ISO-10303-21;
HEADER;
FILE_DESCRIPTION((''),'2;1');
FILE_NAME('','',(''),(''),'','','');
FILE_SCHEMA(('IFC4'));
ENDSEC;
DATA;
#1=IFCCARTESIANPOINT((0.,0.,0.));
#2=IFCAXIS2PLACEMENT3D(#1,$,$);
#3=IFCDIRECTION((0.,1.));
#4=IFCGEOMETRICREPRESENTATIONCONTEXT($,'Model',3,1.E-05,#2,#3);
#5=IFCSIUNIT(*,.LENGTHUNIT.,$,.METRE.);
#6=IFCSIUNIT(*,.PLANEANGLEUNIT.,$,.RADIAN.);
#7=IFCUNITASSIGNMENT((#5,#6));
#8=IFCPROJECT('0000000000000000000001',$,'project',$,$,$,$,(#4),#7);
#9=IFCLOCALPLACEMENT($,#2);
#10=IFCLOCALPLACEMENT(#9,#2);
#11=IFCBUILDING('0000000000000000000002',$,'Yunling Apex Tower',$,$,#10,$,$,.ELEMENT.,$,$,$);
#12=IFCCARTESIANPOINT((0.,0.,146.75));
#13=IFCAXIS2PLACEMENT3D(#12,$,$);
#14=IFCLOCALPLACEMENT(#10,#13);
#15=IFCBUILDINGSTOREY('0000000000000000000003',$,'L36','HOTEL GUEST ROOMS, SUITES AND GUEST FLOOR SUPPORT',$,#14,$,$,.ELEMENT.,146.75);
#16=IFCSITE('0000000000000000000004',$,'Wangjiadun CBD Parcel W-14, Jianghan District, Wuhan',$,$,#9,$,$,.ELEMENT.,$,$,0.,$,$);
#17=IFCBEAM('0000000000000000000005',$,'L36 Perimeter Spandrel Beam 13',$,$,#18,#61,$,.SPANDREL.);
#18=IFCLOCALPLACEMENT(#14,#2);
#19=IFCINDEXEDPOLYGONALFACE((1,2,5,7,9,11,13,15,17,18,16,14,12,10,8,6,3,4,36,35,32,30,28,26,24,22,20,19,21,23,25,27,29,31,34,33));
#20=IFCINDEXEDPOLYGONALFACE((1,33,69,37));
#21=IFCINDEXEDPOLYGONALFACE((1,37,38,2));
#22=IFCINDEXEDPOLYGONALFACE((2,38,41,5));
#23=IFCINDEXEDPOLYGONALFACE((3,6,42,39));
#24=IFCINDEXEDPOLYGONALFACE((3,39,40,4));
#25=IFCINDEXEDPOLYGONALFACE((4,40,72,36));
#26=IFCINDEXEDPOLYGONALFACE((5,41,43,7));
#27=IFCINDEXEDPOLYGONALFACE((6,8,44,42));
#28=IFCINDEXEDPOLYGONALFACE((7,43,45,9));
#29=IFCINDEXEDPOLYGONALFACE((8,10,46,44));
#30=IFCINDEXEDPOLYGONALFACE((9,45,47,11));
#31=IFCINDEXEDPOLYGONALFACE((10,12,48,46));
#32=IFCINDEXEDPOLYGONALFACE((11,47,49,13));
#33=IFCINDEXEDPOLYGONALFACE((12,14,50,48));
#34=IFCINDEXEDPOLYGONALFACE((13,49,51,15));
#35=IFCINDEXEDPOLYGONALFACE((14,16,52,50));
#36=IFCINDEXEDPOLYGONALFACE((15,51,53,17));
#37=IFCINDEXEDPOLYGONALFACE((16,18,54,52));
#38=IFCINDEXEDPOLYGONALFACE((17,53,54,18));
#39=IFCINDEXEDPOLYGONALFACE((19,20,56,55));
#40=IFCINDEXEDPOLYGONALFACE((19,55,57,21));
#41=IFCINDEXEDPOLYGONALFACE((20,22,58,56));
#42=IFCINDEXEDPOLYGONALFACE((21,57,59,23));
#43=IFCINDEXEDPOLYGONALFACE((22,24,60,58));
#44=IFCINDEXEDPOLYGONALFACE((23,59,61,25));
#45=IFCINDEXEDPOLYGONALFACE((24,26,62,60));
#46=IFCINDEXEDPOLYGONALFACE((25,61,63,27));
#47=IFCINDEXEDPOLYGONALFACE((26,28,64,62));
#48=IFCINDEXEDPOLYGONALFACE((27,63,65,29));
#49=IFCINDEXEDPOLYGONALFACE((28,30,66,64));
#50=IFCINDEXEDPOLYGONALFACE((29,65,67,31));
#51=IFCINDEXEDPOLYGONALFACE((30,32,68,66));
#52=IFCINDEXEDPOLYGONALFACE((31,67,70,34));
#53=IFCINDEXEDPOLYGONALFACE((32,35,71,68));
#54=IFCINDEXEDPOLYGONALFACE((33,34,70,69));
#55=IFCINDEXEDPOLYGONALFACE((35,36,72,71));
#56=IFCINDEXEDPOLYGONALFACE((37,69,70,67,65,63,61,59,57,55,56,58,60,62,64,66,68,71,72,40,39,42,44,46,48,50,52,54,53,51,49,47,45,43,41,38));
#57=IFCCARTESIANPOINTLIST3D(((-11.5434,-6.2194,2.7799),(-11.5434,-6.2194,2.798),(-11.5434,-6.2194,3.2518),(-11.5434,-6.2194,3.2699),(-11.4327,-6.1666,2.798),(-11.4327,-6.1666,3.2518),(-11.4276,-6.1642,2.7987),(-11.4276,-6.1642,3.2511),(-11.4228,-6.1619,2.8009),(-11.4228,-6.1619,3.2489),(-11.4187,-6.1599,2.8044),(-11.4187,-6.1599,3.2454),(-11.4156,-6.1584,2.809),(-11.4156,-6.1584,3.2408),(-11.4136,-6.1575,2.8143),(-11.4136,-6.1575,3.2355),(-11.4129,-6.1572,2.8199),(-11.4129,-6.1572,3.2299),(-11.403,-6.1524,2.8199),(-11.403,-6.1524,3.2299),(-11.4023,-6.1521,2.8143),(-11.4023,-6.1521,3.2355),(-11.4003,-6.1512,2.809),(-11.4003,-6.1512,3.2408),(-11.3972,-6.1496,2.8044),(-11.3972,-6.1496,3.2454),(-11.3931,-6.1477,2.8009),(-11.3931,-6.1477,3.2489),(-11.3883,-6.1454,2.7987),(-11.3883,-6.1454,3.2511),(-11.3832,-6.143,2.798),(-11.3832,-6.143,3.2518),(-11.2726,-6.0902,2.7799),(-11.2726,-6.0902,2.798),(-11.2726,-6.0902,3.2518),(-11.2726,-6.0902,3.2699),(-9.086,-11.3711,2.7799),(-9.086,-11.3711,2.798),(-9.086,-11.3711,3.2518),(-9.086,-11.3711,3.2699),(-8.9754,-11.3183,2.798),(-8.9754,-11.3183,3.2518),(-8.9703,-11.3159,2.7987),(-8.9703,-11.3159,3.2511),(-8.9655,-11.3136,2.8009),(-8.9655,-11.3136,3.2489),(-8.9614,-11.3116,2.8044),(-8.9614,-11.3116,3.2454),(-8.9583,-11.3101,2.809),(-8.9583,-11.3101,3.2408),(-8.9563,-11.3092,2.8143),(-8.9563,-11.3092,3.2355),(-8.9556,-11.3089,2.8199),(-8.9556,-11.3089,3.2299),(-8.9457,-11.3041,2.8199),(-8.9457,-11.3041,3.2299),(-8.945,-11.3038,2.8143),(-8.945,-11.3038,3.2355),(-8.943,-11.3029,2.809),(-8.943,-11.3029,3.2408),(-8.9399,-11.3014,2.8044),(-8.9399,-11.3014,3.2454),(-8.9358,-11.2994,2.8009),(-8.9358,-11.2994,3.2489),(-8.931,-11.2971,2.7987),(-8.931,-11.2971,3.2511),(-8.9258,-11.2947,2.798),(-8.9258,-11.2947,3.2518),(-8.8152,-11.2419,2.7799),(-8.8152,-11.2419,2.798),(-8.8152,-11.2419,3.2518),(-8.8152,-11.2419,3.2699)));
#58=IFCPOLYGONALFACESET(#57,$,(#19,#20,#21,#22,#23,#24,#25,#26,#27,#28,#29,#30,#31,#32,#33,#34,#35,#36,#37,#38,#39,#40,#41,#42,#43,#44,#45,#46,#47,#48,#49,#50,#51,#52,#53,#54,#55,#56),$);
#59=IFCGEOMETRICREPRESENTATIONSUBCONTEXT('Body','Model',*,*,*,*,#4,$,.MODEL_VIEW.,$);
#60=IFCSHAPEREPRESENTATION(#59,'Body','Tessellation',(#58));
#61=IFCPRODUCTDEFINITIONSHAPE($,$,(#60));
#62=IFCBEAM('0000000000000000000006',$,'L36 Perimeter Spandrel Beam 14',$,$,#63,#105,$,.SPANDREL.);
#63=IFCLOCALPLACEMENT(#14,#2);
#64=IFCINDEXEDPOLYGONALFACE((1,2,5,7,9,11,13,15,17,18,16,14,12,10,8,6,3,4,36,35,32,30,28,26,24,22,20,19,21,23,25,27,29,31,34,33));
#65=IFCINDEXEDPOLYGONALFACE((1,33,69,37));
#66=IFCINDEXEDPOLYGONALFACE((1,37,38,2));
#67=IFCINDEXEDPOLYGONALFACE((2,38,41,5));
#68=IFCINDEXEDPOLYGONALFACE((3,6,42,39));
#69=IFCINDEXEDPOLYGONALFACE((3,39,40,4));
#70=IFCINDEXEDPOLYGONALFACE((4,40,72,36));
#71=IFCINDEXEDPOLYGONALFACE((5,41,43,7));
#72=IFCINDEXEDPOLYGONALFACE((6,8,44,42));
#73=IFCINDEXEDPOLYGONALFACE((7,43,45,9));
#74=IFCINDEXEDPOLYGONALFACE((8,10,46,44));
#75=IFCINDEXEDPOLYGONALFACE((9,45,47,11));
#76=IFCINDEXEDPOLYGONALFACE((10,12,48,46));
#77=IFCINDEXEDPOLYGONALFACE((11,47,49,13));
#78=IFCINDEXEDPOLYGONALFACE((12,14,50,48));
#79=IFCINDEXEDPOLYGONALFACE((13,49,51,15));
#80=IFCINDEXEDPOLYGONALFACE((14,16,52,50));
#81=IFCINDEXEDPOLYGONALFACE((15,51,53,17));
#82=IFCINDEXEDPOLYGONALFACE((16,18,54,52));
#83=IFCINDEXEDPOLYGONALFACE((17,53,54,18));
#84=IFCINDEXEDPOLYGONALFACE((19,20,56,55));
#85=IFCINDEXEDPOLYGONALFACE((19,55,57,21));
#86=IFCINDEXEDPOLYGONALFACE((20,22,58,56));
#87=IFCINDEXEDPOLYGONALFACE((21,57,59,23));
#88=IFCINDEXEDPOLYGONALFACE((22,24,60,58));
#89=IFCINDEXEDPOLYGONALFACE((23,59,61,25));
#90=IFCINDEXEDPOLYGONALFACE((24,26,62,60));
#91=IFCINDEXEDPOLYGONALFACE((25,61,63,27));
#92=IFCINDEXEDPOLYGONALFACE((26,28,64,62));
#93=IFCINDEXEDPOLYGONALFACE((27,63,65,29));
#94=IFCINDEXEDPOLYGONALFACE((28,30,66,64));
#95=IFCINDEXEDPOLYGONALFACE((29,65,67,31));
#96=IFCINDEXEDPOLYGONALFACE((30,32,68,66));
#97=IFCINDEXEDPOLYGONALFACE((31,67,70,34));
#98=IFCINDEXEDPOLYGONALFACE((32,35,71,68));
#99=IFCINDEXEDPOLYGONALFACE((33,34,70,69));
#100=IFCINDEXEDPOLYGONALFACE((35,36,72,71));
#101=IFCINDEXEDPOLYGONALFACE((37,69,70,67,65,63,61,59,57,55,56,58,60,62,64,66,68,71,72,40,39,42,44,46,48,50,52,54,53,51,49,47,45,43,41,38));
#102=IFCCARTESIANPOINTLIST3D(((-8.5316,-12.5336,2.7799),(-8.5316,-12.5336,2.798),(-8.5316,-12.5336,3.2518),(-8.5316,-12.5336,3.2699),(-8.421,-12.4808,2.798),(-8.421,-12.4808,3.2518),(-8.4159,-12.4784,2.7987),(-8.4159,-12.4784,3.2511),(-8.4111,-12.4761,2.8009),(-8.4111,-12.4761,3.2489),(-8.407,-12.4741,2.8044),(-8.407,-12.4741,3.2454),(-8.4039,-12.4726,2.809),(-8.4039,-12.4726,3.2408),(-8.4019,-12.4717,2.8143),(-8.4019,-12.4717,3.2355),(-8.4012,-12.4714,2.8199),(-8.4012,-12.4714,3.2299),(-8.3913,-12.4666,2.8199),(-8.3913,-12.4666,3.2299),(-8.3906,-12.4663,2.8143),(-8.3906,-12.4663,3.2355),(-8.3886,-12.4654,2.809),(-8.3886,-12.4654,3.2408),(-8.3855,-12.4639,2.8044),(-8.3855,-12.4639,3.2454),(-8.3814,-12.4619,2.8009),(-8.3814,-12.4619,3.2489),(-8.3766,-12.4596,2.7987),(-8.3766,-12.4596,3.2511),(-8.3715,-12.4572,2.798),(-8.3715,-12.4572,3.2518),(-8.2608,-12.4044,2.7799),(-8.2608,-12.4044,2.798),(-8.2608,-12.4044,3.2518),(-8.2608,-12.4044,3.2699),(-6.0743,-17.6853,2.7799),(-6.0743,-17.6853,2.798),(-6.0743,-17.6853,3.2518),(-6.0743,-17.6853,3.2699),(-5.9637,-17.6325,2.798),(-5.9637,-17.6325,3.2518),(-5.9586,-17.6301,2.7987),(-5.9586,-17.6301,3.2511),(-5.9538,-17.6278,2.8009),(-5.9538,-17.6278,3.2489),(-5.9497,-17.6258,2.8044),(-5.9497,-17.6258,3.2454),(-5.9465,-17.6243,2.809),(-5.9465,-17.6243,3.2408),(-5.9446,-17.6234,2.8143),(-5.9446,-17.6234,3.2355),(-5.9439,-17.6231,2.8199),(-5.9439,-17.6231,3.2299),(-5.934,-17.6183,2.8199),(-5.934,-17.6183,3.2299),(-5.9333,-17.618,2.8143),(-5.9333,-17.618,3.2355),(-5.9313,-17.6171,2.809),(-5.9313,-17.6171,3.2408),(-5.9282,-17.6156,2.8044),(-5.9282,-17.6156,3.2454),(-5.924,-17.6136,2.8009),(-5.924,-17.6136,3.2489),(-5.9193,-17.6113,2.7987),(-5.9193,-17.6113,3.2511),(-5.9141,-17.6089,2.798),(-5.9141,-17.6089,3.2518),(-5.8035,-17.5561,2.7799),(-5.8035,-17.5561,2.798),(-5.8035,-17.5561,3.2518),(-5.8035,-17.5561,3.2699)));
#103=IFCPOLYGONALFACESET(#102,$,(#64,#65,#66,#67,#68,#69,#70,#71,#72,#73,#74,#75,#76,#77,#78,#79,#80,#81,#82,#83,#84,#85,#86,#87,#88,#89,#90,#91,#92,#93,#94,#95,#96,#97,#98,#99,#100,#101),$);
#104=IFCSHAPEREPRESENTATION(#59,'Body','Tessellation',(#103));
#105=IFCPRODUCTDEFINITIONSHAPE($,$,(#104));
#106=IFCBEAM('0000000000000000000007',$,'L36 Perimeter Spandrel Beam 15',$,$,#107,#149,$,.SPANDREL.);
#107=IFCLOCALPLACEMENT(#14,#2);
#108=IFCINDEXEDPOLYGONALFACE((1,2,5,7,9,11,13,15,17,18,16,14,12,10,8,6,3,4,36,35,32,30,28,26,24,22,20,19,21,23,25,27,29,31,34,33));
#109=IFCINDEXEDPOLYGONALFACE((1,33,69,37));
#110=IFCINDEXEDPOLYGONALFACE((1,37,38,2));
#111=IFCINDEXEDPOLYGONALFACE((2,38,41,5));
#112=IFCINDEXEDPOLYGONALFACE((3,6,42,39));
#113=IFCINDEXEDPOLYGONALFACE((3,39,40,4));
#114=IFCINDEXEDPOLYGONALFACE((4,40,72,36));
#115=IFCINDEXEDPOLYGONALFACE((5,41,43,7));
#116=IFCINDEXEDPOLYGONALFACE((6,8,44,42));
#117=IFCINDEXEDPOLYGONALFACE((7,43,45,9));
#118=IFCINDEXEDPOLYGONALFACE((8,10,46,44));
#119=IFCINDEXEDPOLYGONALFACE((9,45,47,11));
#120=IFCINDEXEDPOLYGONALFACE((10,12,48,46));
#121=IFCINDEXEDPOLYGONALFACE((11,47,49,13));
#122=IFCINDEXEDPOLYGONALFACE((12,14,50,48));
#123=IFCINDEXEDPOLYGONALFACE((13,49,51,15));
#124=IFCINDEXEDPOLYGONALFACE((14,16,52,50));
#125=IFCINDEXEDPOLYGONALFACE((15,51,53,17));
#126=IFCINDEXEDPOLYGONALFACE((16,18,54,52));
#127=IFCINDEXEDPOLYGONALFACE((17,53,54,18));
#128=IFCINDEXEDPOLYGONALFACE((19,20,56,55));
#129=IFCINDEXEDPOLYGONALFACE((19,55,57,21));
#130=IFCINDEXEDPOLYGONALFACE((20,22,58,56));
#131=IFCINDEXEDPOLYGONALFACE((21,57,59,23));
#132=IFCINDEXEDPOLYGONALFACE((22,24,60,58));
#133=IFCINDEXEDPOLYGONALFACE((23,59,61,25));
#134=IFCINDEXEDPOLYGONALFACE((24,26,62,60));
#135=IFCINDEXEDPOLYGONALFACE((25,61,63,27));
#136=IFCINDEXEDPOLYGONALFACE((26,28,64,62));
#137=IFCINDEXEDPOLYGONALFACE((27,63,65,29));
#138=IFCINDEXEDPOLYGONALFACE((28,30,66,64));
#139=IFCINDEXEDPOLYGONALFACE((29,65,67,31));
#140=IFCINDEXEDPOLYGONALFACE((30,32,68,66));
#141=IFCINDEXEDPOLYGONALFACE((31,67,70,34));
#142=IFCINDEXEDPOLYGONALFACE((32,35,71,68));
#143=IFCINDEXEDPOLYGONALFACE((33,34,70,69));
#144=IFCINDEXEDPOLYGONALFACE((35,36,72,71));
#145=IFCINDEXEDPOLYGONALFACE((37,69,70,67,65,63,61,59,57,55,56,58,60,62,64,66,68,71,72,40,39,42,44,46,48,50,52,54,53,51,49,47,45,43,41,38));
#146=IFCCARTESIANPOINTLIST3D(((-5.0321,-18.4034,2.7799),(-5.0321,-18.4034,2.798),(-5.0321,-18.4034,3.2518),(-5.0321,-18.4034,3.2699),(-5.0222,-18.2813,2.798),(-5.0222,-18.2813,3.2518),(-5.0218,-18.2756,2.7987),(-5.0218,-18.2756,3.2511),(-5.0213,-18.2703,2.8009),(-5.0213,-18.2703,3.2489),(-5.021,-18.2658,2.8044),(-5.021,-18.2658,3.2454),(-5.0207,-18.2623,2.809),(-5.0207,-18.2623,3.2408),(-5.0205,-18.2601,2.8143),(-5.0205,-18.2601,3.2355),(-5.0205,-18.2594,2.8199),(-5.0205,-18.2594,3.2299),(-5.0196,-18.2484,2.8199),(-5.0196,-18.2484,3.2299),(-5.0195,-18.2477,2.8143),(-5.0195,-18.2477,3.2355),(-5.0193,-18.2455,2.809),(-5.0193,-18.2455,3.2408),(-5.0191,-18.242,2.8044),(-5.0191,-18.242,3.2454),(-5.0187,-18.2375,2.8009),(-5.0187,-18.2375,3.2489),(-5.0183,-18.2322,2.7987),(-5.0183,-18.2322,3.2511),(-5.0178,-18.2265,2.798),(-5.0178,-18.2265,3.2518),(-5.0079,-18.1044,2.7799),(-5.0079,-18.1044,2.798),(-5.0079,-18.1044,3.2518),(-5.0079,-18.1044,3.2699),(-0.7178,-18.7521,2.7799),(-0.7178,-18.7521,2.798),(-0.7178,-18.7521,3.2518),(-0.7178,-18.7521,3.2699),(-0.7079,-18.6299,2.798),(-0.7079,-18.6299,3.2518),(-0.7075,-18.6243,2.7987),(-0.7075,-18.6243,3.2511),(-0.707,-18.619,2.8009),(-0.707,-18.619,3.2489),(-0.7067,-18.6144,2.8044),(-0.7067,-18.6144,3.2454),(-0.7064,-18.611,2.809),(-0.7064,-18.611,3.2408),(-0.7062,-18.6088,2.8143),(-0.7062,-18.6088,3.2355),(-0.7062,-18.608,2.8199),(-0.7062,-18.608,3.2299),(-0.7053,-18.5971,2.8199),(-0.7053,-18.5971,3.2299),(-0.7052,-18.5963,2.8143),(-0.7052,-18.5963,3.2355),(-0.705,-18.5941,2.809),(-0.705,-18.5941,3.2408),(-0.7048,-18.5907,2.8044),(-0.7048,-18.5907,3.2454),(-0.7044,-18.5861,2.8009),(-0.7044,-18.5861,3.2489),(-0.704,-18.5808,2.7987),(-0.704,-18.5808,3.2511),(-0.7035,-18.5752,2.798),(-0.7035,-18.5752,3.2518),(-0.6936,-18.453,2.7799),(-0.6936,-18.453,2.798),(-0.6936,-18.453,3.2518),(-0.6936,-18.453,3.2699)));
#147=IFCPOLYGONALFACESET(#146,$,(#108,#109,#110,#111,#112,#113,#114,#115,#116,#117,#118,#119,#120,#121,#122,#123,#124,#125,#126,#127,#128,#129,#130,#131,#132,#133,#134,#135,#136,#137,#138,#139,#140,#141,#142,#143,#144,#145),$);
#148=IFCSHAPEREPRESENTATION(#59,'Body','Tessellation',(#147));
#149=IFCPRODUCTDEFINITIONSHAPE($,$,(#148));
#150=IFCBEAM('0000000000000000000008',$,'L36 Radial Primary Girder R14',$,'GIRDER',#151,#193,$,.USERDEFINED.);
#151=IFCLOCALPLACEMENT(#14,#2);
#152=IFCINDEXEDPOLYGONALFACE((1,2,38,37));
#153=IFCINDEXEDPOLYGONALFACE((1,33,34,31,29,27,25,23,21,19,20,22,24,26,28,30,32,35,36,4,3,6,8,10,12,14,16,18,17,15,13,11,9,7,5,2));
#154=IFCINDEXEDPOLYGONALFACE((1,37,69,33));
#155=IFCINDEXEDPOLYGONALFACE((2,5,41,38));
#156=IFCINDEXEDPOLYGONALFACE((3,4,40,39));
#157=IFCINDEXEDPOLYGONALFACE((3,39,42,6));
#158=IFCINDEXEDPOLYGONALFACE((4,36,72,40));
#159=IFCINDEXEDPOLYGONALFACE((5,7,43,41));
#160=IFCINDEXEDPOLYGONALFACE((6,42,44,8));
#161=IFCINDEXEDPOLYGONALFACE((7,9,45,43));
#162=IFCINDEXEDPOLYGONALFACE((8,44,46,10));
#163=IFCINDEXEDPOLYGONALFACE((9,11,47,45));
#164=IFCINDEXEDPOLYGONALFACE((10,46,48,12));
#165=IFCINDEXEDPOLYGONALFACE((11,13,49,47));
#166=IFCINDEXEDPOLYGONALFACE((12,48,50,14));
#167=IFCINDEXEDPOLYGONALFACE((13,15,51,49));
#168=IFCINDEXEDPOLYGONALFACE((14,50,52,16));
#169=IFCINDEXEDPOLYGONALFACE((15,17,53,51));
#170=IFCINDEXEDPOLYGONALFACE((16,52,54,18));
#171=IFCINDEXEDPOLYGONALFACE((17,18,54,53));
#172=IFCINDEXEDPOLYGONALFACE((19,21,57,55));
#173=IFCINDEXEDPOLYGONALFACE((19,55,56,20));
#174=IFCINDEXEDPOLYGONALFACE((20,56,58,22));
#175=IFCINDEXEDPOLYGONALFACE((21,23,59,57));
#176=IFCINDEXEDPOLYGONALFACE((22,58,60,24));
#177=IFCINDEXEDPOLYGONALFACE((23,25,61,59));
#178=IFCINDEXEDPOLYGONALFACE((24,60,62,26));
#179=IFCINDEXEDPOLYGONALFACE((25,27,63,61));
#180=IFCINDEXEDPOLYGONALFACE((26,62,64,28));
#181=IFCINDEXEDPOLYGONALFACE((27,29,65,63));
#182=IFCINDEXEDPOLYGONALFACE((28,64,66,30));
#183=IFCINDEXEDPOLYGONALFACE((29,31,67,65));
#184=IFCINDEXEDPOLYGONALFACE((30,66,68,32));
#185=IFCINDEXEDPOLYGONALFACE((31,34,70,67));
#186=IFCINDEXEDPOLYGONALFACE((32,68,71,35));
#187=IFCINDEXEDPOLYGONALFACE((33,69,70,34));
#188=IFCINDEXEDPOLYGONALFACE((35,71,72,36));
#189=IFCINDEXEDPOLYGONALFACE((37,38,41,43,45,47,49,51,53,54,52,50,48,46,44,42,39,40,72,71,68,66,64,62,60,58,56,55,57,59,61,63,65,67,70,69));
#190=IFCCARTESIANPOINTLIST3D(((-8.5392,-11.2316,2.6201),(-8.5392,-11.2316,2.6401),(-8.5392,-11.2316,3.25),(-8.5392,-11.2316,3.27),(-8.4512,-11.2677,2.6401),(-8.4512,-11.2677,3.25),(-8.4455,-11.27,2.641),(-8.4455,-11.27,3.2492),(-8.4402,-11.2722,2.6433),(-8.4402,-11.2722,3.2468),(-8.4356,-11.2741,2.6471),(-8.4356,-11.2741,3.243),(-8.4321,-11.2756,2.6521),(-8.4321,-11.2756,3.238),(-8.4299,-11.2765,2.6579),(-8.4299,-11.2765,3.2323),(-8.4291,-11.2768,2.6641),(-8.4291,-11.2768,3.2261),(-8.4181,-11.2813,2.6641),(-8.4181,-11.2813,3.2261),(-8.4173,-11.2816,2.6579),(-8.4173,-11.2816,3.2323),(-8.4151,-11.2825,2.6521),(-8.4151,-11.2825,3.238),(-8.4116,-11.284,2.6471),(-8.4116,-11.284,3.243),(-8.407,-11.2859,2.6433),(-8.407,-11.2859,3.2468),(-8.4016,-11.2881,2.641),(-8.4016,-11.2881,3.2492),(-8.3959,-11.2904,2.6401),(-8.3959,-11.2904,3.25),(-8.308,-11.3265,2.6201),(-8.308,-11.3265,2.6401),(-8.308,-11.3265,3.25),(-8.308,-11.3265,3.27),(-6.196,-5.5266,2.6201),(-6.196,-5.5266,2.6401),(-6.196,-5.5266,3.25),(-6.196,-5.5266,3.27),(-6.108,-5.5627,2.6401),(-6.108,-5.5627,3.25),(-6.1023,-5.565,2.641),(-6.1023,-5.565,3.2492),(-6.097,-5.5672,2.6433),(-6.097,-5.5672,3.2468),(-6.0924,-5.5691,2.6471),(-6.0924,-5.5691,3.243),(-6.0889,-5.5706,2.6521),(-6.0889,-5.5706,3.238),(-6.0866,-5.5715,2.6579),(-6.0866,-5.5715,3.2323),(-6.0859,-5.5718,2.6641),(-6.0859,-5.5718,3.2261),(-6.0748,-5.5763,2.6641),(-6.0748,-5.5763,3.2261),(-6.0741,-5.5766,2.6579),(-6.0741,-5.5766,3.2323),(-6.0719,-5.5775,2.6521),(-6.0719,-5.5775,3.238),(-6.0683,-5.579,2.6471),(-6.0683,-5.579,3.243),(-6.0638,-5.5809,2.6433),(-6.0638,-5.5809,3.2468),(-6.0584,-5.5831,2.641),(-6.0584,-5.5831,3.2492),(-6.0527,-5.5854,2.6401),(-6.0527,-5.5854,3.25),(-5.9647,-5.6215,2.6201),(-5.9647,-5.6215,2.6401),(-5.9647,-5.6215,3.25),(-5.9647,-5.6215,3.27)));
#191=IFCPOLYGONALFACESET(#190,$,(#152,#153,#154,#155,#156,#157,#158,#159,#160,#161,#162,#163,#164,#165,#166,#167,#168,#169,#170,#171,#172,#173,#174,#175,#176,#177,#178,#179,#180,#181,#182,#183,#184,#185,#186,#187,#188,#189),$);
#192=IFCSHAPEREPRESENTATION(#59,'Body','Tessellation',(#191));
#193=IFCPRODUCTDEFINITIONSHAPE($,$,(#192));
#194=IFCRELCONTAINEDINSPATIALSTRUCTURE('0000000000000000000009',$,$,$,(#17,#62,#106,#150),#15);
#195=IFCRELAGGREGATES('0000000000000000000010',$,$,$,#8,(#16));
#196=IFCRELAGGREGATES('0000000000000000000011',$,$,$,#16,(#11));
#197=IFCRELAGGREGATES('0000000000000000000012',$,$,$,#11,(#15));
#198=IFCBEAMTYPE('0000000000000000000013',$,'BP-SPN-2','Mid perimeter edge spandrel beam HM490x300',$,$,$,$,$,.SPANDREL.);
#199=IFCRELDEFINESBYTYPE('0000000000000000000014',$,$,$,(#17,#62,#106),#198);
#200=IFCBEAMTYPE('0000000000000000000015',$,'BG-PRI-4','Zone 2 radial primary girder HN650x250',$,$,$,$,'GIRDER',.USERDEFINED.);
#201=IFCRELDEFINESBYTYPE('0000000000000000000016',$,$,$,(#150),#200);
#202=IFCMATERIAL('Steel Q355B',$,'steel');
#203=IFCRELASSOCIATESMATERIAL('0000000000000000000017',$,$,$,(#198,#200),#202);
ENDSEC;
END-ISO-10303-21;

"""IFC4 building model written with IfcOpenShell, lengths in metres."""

from ifc_helpers import new_model, si_unit, direction, frame, origin, origin_2d, place, context, subcontext, project, spatial, i_section, extrude, source, transform, mapped, material, material_profile, profile_set, type_object, element, save


model = new_model("IFC4")

# Units and contexts
model_context = context("Model", 3, precision=1e-05, world=origin(), true_north=direction((0.0, 1.0)))
body_context = subcontext(model_context, "Body", "Model", "MODEL_VIEW")
ifc_project = project(units=[si_unit("LENGTHUNIT", "METRE"), si_unit("PLANEANGLEUNIT", "RADIAN")], contexts=[model_context])

# Site, building, storey
site_placement = place(None, origin())
site = spatial("IfcSite", under=ifc_project, at=site_placement, Name="Wangjiadun CBD Parcel W-14, Jianghan District, Wuhan", CompositionType="ELEMENT", RefElevation=0.0)
building_placement = place(site_placement, origin())
building = spatial("IfcBuilding", under=site, at=building_placement, Name="Yunling Apex Tower", CompositionType="ELEMENT")
storey_placement = place(building_placement, frame((0.0, 0.0, 146.75)))
storey = spatial("IfcBuildingStorey", under=building, at=storey_placement, Name="L36", Description="HOTEL GUEST ROOMS, SUITES AND GUEST FLOOR SUPPORT", CompositionType="ELEMENT", Elevation=146.75)

# Beams
ifc_material_1 = material(Name="Steel Q355B", Category="steel")
ifc_material_profile_1 = material_profile(ifc_material_1, i_section(OverallWidth=0.3, OverallDepth=0.49, WebThickness=0.011, FlangeThickness=0.0181, FilletRadius=0.022, at=origin_2d()))
ifc_profile_set_1 = profile_set([ifc_material_profile_1], Name="Steel Q355B")
beam_type_1 = type_object("IfcBeamType", Name="BP-SPN-2", Description="Mid perimeter edge spandrel beam HM490x300", PredefinedType="SPANDREL", material=ifc_profile_set_1)
shared_shape_1 = source(origin(), body_context, "Body", "SweptSolid", [
    extrude(i_section(OverallWidth=0.3, OverallDepth=0.49, WebThickness=0.011, FlangeThickness=0.0181, FilletRadius=0.022, at=origin_2d()), origin(), (0.0, 0.0, 1.0), 5.7078),
])
for number, where, z_axis, x_axis, name in (
    (1, (-11.408, -6.1548, 3.0249), (0.430523, -0.90258, 0.0), (0.90258, 0.430523, 0.0), "L36 Perimeter Spandrel Beam 13"),
    (2, (-8.3962, -12.469, 3.0249), (0.430523, -0.90258, 0.0), (0.90258, 0.430523, 0.0), "L36 Perimeter Spandrel Beam 14"),
):
    element("IfcBeam", number, at=place(storey_placement, frame(where, z_axis=z_axis, x_axis=x_axis)), inside=storey, type_object=beam_type_1, Name=name, PredefinedType="SPANDREL", context=body_context, shape_type="MappedRepresentation", body=[
        mapped(shared_shape_1, transform((0.0, 0.0, 0.0), scale=1.0)),
    ])
shared_shape_2 = source(origin(), body_context, "Body", "SweptSolid", [
    extrude(i_section(OverallWidth=0.3, OverallDepth=0.49, WebThickness=0.011, FlangeThickness=0.0181, FilletRadius=0.022, at=origin_2d()), origin(), (0.0, 0.0, 1.0), 4.3284),
])
beam_1_placement = place(storey_placement, frame((-5.02, -18.2539, 3.0249), z_axis=(0.996751, -0.080548, 0.0), x_axis=(0.080548, 0.996751, 0.0)))
element("IfcBeam", 3, at=beam_1_placement, inside=storey, type_object=beam_type_1, Name="L36 Perimeter Spandrel Beam 15", PredefinedType="SPANDREL", context=body_context, shape_type="MappedRepresentation", body=[
    mapped(shared_shape_2, transform((0.0, 0.0, 0.0), scale=1.0)),
])
ifc_material_profile_2 = material_profile(ifc_material_1, i_section(OverallWidth=0.25, OverallDepth=0.6499, WebThickness=0.012, FlangeThickness=0.02, FilletRadius=0.0239, at=origin_2d()))
ifc_profile_set_2 = profile_set([ifc_material_profile_2], Name="Steel Q355B")
beam_type_2 = type_object("IfcBeamType", Name="BG-PRI-4", Description="Zone 2 radial primary girder HN650x250", ElementType="GIRDER", PredefinedType="USERDEFINED", material=ifc_profile_set_2)
shared_shape_3 = source(origin(), body_context, "Body", "SweptSolid", [
    extrude(i_section(OverallWidth=0.25, OverallDepth=0.6499, WebThickness=0.012, FlangeThickness=0.02, FilletRadius=0.0239, at=origin_2d()), origin(), (0.0, 0.0, 1.0), 6.1675),
])
beam_2_placement = place(storey_placement, frame((-8.4236, -11.2791, 2.9451), z_axis=(0.379933, 0.925014, 0.0), x_axis=(-0.925014, 0.379933, 0.0)))
element("IfcBeam", 4, at=beam_2_placement, inside=storey, type_object=beam_type_2, Name="L36 Radial Primary Girder R14", ObjectType="GIRDER", PredefinedType="USERDEFINED", context=body_context, shape_type="MappedRepresentation", body=[
    mapped(shared_shape_3, transform((0.0, 0.0, 0.0), scale=1.0)),
])

save(model, "model.ifc")
